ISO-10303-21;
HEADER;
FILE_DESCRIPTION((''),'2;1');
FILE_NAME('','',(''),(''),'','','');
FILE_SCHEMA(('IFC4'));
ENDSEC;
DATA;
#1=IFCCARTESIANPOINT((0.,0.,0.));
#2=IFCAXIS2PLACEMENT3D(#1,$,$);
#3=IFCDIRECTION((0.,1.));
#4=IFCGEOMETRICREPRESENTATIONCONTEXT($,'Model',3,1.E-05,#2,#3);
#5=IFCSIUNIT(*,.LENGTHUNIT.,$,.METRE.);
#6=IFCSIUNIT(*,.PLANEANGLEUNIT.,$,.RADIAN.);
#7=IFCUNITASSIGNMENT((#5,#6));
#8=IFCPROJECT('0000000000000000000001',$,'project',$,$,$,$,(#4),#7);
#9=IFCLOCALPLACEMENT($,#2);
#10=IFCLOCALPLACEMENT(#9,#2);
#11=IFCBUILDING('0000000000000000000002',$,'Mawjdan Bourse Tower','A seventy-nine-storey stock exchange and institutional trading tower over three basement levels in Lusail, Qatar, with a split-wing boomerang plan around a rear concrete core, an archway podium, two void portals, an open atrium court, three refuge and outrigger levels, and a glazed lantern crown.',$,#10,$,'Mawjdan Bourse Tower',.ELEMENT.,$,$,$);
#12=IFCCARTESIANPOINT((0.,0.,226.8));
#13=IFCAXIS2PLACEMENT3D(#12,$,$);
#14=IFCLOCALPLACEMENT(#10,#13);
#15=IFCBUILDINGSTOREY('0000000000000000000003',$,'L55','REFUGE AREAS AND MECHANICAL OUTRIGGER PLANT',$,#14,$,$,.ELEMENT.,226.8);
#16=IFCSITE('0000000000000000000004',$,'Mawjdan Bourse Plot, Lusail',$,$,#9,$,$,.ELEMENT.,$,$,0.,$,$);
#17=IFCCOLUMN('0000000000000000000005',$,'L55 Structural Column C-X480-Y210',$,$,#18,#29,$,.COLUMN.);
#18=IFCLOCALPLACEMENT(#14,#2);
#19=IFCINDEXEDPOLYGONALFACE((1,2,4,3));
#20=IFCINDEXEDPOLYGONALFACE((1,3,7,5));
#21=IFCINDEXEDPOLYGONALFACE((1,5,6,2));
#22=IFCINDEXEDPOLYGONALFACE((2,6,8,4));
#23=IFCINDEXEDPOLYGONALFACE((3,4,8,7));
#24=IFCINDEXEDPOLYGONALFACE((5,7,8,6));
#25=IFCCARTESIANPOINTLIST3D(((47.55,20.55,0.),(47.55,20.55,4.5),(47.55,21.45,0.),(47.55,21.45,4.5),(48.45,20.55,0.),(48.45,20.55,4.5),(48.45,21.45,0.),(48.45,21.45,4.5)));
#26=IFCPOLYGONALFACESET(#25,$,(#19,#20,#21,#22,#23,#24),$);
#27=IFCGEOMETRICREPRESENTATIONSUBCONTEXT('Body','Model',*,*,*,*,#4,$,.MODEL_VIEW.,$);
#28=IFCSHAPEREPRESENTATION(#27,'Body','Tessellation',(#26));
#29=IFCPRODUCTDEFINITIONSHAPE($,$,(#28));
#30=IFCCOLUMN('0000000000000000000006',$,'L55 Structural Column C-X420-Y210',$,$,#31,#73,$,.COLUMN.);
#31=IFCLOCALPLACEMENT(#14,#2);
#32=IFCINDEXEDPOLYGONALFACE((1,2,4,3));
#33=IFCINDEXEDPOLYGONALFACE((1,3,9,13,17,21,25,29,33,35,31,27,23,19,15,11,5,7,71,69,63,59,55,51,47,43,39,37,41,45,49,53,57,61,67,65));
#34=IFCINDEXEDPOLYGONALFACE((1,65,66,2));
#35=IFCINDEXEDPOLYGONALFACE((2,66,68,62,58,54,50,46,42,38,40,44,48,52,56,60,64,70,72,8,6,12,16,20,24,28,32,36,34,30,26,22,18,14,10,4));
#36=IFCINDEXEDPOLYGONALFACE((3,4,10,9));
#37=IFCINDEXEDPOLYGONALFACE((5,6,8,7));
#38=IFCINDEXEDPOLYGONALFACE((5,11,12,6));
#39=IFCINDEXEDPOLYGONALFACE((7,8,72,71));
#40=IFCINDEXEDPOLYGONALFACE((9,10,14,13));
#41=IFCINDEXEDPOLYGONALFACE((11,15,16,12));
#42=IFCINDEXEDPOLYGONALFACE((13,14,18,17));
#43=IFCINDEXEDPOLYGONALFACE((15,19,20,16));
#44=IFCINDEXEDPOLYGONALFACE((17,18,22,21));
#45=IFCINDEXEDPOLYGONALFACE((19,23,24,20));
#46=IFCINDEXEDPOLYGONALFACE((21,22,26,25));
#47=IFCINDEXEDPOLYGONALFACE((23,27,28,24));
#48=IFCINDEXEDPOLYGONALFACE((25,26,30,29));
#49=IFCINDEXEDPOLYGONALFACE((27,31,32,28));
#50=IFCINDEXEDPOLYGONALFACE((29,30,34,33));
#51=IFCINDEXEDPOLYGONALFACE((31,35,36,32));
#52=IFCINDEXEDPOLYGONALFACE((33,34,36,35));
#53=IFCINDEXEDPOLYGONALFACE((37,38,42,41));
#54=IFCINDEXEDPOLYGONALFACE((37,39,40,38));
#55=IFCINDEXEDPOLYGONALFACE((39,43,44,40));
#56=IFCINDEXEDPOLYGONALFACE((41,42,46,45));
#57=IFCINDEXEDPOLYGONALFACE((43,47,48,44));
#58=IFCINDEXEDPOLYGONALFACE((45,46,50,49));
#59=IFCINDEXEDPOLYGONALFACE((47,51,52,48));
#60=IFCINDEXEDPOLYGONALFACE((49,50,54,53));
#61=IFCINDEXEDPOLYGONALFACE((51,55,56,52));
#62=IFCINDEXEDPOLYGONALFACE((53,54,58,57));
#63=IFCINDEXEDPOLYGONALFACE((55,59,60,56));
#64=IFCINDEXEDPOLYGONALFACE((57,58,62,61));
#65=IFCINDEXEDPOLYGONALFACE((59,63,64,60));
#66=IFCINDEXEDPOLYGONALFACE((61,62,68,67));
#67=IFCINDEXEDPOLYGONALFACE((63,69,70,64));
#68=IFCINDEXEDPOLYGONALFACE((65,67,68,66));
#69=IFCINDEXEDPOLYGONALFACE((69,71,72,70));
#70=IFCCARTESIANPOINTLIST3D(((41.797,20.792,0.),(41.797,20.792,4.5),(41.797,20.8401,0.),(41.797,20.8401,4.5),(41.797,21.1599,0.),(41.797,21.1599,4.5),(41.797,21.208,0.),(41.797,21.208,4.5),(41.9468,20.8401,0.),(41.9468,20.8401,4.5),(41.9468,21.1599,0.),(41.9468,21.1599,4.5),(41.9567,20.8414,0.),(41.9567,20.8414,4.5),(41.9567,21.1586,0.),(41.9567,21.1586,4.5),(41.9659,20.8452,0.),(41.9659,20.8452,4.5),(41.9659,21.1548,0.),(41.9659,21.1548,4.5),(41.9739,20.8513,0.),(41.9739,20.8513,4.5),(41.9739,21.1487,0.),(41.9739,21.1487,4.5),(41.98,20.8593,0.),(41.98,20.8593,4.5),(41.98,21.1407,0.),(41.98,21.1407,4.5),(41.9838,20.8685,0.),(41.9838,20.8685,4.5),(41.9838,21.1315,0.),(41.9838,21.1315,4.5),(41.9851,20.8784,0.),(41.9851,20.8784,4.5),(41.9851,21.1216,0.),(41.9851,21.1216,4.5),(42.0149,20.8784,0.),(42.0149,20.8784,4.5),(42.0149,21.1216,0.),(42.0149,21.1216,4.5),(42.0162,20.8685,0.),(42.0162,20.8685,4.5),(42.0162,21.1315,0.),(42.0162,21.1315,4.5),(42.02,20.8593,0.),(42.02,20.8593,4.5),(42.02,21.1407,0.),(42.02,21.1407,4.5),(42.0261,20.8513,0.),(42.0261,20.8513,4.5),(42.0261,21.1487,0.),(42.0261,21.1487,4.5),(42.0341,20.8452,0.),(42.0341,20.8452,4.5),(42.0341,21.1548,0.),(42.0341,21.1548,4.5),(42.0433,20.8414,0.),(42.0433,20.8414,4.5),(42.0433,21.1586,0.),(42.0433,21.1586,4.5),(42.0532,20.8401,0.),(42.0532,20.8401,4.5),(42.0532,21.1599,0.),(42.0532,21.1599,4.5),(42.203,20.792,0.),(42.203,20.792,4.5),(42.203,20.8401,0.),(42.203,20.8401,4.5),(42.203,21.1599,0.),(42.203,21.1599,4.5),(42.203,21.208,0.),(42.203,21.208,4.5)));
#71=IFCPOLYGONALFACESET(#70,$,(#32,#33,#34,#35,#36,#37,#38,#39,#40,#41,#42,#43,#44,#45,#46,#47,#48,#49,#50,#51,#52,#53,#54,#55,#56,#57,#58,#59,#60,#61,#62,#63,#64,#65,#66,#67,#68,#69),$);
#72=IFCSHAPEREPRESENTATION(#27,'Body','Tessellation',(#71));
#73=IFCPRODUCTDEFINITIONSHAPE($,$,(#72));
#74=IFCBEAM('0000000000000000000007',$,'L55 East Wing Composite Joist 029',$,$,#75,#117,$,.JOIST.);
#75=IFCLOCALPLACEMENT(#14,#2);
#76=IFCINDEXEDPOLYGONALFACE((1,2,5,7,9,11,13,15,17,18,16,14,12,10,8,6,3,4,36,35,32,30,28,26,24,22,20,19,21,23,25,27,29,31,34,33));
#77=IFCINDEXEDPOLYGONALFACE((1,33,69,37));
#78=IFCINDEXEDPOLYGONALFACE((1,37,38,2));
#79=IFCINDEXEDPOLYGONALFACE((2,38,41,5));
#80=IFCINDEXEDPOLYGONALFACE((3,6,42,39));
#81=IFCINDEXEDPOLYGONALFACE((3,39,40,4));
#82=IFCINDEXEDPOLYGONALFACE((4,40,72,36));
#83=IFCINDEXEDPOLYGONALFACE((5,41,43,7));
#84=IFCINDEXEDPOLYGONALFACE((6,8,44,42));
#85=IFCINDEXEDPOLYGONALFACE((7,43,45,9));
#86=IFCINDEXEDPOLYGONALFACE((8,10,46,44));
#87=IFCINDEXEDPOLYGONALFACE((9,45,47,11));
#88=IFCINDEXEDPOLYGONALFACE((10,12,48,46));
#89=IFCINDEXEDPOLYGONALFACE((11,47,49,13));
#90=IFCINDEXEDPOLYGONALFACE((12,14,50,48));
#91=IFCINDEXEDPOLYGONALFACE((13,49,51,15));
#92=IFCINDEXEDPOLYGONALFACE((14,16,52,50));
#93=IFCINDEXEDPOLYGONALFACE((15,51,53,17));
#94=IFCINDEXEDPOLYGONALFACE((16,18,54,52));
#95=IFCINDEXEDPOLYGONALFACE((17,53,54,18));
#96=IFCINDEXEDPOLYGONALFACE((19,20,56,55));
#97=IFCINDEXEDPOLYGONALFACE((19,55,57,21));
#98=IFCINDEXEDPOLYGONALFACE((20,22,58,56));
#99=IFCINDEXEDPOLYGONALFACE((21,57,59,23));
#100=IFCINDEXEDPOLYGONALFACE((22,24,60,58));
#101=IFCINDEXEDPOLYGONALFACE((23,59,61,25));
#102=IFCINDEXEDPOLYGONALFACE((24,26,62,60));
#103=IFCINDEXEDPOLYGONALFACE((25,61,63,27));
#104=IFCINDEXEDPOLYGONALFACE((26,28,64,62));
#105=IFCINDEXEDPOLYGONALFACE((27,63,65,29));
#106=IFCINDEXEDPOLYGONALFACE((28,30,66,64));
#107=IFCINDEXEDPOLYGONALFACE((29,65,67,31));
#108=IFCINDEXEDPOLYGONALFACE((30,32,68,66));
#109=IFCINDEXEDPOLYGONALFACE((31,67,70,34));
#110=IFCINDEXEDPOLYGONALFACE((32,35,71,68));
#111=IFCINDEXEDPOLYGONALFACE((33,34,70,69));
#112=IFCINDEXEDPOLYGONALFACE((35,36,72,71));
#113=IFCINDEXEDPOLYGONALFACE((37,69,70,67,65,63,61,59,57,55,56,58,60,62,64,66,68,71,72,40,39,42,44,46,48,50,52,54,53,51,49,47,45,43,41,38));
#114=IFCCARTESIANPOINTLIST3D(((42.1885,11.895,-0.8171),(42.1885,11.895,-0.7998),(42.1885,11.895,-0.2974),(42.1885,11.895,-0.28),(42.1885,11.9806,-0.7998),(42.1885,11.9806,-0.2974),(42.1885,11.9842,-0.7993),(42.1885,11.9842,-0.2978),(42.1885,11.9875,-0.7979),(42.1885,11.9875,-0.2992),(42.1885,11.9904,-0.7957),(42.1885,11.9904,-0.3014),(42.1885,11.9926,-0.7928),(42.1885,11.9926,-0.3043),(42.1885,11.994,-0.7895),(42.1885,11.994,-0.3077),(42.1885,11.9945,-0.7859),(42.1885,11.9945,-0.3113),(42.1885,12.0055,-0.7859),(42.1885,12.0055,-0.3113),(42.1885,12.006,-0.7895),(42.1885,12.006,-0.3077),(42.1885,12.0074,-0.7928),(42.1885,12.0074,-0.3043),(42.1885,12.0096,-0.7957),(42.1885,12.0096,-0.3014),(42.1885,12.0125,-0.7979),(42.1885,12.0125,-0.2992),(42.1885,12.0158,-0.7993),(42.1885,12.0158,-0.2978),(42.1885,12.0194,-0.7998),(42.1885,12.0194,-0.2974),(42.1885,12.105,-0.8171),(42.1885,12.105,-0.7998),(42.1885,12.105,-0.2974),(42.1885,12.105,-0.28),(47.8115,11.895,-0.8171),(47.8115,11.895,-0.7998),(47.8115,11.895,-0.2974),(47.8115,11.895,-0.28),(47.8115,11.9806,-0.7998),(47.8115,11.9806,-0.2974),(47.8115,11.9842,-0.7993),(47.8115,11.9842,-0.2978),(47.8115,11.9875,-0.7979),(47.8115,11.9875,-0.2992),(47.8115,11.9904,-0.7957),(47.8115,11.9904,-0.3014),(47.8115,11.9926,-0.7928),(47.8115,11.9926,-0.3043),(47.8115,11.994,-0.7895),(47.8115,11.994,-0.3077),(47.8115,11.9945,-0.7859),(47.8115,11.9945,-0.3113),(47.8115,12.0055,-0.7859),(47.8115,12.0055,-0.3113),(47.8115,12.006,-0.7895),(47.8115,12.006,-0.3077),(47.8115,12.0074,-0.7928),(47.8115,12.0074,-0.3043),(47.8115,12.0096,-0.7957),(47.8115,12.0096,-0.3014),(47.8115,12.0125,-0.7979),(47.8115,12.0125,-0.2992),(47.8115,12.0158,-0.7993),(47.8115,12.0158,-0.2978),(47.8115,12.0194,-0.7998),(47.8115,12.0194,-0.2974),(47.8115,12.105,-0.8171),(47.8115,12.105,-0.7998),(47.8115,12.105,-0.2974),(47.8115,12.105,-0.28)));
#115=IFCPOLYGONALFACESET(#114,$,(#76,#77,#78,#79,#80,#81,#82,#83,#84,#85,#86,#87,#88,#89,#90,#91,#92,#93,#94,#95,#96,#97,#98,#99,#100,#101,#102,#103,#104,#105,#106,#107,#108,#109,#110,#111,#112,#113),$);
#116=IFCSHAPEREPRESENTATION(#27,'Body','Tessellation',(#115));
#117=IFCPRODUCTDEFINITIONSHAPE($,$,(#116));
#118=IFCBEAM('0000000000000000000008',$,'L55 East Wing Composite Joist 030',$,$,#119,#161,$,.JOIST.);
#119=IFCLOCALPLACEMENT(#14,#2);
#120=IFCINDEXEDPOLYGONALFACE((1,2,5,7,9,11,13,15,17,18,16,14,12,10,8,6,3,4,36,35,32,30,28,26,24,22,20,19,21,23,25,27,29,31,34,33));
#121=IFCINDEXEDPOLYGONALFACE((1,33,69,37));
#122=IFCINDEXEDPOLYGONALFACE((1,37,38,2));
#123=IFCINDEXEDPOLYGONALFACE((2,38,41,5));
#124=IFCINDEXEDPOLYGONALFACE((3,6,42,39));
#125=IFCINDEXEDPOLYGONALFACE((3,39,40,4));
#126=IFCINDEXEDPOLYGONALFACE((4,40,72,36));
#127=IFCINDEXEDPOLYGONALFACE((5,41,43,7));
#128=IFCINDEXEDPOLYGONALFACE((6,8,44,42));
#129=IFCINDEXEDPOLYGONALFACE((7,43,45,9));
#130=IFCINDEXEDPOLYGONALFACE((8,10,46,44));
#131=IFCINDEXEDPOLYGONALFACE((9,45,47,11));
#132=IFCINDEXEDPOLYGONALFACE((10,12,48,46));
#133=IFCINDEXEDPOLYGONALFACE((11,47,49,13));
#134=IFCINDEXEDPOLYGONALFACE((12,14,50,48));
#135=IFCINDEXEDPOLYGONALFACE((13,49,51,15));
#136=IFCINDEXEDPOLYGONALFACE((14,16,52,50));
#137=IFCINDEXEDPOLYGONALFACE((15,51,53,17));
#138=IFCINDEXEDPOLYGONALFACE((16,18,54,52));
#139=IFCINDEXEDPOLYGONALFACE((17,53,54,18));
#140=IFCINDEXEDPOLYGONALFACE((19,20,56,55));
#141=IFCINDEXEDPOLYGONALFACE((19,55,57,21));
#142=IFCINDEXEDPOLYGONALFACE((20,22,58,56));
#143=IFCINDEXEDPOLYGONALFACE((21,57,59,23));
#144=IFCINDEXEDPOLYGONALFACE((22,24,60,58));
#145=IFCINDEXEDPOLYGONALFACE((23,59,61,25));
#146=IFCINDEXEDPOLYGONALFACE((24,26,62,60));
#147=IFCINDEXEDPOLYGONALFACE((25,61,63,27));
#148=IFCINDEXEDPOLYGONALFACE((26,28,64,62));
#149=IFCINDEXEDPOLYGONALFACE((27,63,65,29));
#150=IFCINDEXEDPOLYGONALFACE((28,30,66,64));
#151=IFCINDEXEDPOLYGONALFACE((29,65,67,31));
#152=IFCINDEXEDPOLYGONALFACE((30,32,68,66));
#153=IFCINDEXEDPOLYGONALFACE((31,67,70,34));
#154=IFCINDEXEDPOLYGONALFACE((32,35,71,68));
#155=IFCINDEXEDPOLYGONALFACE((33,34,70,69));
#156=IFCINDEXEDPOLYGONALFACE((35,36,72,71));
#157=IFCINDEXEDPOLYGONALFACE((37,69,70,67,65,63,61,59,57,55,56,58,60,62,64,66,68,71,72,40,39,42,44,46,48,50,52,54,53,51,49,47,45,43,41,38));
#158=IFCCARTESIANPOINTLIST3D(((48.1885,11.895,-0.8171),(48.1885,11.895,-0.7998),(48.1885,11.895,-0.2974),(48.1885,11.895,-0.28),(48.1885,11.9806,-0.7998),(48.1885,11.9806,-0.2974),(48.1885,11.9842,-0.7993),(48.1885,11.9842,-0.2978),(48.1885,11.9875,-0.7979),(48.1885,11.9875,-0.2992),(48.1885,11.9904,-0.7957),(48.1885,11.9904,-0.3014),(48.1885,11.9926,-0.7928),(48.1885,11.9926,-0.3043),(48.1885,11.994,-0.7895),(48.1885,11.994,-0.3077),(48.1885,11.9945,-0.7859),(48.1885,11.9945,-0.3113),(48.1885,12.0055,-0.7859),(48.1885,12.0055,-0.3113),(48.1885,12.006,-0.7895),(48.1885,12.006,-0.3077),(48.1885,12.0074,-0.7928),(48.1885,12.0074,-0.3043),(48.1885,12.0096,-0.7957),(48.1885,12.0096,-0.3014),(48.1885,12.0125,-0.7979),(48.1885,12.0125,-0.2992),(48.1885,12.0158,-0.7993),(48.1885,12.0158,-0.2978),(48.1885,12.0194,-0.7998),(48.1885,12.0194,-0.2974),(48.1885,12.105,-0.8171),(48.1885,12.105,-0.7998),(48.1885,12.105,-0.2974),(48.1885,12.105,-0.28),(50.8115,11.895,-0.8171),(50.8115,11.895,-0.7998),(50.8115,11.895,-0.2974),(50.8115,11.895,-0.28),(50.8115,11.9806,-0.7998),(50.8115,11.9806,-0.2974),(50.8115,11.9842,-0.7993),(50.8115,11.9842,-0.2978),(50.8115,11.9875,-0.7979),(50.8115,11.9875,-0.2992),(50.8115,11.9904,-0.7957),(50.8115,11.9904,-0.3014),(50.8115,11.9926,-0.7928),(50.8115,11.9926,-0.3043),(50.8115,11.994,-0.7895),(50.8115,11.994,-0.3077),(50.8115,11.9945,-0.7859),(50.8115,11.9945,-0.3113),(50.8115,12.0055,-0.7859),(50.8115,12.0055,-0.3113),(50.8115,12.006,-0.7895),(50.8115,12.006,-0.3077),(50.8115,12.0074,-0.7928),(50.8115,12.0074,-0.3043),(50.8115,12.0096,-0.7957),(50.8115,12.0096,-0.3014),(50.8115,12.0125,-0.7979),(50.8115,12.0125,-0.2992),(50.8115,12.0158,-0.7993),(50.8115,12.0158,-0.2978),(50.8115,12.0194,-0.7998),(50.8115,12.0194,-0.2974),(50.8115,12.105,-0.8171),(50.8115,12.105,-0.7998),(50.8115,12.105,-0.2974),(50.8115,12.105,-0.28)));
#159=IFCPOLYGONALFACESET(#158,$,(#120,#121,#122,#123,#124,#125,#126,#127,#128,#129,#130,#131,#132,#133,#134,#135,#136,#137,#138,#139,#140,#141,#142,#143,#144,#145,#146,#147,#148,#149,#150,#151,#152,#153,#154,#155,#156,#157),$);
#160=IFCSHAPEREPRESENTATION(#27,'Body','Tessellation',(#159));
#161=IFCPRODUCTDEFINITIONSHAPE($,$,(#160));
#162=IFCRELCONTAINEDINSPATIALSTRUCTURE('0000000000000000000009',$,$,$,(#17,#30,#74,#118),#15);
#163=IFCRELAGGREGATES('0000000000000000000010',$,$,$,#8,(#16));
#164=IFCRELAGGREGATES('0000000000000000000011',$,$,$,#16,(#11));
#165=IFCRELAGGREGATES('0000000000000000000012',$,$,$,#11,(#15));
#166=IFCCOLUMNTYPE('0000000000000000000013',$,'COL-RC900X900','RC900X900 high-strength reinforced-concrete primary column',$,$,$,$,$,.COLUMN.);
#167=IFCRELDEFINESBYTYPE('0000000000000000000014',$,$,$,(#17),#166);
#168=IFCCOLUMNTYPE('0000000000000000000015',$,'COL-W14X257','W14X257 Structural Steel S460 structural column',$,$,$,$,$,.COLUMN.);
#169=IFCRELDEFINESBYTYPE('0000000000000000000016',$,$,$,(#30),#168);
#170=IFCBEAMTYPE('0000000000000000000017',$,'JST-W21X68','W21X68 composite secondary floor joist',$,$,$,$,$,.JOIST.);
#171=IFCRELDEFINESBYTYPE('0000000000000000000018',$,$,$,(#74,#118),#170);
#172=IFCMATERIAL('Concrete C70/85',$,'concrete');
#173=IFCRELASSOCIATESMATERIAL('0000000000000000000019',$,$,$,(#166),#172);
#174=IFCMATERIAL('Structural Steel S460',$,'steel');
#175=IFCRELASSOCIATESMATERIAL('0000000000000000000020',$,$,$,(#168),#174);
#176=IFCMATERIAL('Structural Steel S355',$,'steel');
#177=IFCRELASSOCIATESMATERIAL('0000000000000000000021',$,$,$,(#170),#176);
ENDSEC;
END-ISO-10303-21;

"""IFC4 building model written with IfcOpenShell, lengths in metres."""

from ifc_helpers import new_model, si_unit, direction, frame, origin, origin_2d, place, context, subcontext, project, spatial, rectangle, i_section, extrude, material, material_profile, profile_set, type_object, element, save


model = new_model("IFC4")

# Units and contexts
model_context = context("Model", 3, precision=1e-05, world=origin(), true_north=direction((0.0, 1.0)))
body_context = subcontext(model_context, "Body", "Model", "MODEL_VIEW")
ifc_project = project(units=[si_unit("LENGTHUNIT", "METRE"), si_unit("PLANEANGLEUNIT", "RADIAN")], contexts=[model_context])

# Site, building, storey
site_placement = place(None, origin())
site = spatial("IfcSite", under=ifc_project, at=site_placement, Name="Mawjdan Bourse Plot, Lusail", CompositionType="ELEMENT", RefElevation=0.0)
building_placement = place(site_placement, origin())
building = spatial("IfcBuilding", under=site, at=building_placement, Name="Mawjdan Bourse Tower", Description="A seventy-nine-storey stock exchange and institutional trading tower over three basement levels in Lusail, Qatar, with a split-wing boomerang plan around a rear concrete core, an archway podium, two void portals, an open atrium court, three refuge and outrigger levels, and a glazed lantern crown.", LongName="Mawjdan Bourse Tower", CompositionType="ELEMENT")
storey_placement = place(building_placement, frame((0.0, 0.0, 226.8)))
storey = spatial("IfcBuildingStorey", under=building, at=storey_placement, Name="L55", Description="REFUGE AREAS AND MECHANICAL OUTRIGGER PLANT", CompositionType="ELEMENT", Elevation=226.8)

# Columns
ifc_material_1 = material(Name="Concrete C70/85", Category="concrete")
ifc_material_profile_1 = material_profile(ifc_material_1, rectangle(XDim=0.8999, YDim=0.8999, at=origin_2d()), Name="RC900X900")
ifc_profile_set_1 = profile_set([ifc_material_profile_1], Name="Concrete C70/85")
column_type_1 = type_object("IfcColumnType", Name="COL-RC900X900", Description="RC900X900 high-strength reinforced-concrete primary column", PredefinedType="COLUMN", material=ifc_profile_set_1)
column_1_placement = place(storey_placement, frame((48.0, 21.0, 0.0), z_axis=(0.0, 0.0, 1.0), x_axis=(1.0, 0.0, 0.0)))
element("IfcColumn", 1, at=column_1_placement, inside=storey, type_object=column_type_1, Name="L55 Structural Column C-X480-Y210", PredefinedType="COLUMN", context=body_context, shape_type="SweptSolid", body=[
    extrude(rectangle(XDim=0.8999, YDim=0.8999, at=origin_2d()), origin(), (0.0, 0.0, 1.0), 4.5),
])
ifc_material_2 = material(Name="Structural Steel S460", Category="steel")
ifc_material_profile_2 = material_profile(ifc_material_2, i_section(OverallWidth=0.406, OverallDepth=0.416, WebThickness=0.0298, FlangeThickness=0.0481, FilletRadius=0.0383, at=origin_2d()), Name="W14X257")
ifc_profile_set_2 = profile_set([ifc_material_profile_2], Name="Structural Steel S460")
column_type_2 = type_object("IfcColumnType", Name="COL-W14X257", Description="W14X257 Structural Steel S460 structural column", PredefinedType="COLUMN", material=ifc_profile_set_2)
column_2_placement = place(storey_placement, frame((42.0, 21.0, 0.0), z_axis=(0.0, 0.0, 1.0), x_axis=(1.0, 0.0, 0.0)))
element("IfcColumn", 2, at=column_2_placement, inside=storey, type_object=column_type_2, Name="L55 Structural Column C-X420-Y210", PredefinedType="COLUMN", context=body_context, shape_type="SweptSolid", body=[
    extrude(i_section(OverallWidth=0.406, OverallDepth=0.416, WebThickness=0.0298, FlangeThickness=0.0481, FilletRadius=0.0383, at=origin_2d()), origin(), (0.0, 0.0, 1.0), 4.5),
])

# Beams
ifc_material_3 = material(Name="Structural Steel S355", Category="steel")
ifc_material_profile_3 = material_profile(ifc_material_3, i_section(OverallWidth=0.21, OverallDepth=0.5371, WebThickness=0.011, FlangeThickness=0.0173, FilletRadius=0.0139, at=origin_2d()), Name="W21X68")
ifc_profile_set_3 = profile_set([ifc_material_profile_3], Name="Structural Steel S355")
beam_type_1 = type_object("IfcBeamType", Name="JST-W21X68", Description="W21X68 composite secondary floor joist", PredefinedType="JOIST", material=ifc_profile_set_3)
beam_1_placement = place(storey_placement, frame((42.1885, 12.0, -0.5486), z_axis=(1.0, 0.0, 0.0), x_axis=(0.0, 1.0, 0.0)))
element("IfcBeam", 3, at=beam_1_placement, inside=storey, type_object=beam_type_1, Name="L55 East Wing Composite Joist 029", PredefinedType="JOIST", context=body_context, shape_type="SweptSolid", body=[
    extrude(i_section(OverallWidth=0.21, OverallDepth=0.5371, WebThickness=0.011, FlangeThickness=0.0173, FilletRadius=0.0139, at=origin_2d()), origin(), (0.0, 0.0, 1.0), 5.623),
])
beam_2_placement = place(storey_placement, frame((48.1885, 12.0, -0.5486), z_axis=(1.0, 0.0, 0.0), x_axis=(0.0, 1.0, 0.0)))
element("IfcBeam", 4, at=beam_2_placement, inside=storey, type_object=beam_type_1, Name="L55 East Wing Composite Joist 030", PredefinedType="JOIST", context=body_context, shape_type="SweptSolid", body=[
    extrude(i_section(OverallWidth=0.21, OverallDepth=0.5371, WebThickness=0.011, FlangeThickness=0.0173, FilletRadius=0.0139, at=origin_2d()), origin(), (0.0, 0.0, 1.0), 2.623),
])

save(model, "model.ifc")
